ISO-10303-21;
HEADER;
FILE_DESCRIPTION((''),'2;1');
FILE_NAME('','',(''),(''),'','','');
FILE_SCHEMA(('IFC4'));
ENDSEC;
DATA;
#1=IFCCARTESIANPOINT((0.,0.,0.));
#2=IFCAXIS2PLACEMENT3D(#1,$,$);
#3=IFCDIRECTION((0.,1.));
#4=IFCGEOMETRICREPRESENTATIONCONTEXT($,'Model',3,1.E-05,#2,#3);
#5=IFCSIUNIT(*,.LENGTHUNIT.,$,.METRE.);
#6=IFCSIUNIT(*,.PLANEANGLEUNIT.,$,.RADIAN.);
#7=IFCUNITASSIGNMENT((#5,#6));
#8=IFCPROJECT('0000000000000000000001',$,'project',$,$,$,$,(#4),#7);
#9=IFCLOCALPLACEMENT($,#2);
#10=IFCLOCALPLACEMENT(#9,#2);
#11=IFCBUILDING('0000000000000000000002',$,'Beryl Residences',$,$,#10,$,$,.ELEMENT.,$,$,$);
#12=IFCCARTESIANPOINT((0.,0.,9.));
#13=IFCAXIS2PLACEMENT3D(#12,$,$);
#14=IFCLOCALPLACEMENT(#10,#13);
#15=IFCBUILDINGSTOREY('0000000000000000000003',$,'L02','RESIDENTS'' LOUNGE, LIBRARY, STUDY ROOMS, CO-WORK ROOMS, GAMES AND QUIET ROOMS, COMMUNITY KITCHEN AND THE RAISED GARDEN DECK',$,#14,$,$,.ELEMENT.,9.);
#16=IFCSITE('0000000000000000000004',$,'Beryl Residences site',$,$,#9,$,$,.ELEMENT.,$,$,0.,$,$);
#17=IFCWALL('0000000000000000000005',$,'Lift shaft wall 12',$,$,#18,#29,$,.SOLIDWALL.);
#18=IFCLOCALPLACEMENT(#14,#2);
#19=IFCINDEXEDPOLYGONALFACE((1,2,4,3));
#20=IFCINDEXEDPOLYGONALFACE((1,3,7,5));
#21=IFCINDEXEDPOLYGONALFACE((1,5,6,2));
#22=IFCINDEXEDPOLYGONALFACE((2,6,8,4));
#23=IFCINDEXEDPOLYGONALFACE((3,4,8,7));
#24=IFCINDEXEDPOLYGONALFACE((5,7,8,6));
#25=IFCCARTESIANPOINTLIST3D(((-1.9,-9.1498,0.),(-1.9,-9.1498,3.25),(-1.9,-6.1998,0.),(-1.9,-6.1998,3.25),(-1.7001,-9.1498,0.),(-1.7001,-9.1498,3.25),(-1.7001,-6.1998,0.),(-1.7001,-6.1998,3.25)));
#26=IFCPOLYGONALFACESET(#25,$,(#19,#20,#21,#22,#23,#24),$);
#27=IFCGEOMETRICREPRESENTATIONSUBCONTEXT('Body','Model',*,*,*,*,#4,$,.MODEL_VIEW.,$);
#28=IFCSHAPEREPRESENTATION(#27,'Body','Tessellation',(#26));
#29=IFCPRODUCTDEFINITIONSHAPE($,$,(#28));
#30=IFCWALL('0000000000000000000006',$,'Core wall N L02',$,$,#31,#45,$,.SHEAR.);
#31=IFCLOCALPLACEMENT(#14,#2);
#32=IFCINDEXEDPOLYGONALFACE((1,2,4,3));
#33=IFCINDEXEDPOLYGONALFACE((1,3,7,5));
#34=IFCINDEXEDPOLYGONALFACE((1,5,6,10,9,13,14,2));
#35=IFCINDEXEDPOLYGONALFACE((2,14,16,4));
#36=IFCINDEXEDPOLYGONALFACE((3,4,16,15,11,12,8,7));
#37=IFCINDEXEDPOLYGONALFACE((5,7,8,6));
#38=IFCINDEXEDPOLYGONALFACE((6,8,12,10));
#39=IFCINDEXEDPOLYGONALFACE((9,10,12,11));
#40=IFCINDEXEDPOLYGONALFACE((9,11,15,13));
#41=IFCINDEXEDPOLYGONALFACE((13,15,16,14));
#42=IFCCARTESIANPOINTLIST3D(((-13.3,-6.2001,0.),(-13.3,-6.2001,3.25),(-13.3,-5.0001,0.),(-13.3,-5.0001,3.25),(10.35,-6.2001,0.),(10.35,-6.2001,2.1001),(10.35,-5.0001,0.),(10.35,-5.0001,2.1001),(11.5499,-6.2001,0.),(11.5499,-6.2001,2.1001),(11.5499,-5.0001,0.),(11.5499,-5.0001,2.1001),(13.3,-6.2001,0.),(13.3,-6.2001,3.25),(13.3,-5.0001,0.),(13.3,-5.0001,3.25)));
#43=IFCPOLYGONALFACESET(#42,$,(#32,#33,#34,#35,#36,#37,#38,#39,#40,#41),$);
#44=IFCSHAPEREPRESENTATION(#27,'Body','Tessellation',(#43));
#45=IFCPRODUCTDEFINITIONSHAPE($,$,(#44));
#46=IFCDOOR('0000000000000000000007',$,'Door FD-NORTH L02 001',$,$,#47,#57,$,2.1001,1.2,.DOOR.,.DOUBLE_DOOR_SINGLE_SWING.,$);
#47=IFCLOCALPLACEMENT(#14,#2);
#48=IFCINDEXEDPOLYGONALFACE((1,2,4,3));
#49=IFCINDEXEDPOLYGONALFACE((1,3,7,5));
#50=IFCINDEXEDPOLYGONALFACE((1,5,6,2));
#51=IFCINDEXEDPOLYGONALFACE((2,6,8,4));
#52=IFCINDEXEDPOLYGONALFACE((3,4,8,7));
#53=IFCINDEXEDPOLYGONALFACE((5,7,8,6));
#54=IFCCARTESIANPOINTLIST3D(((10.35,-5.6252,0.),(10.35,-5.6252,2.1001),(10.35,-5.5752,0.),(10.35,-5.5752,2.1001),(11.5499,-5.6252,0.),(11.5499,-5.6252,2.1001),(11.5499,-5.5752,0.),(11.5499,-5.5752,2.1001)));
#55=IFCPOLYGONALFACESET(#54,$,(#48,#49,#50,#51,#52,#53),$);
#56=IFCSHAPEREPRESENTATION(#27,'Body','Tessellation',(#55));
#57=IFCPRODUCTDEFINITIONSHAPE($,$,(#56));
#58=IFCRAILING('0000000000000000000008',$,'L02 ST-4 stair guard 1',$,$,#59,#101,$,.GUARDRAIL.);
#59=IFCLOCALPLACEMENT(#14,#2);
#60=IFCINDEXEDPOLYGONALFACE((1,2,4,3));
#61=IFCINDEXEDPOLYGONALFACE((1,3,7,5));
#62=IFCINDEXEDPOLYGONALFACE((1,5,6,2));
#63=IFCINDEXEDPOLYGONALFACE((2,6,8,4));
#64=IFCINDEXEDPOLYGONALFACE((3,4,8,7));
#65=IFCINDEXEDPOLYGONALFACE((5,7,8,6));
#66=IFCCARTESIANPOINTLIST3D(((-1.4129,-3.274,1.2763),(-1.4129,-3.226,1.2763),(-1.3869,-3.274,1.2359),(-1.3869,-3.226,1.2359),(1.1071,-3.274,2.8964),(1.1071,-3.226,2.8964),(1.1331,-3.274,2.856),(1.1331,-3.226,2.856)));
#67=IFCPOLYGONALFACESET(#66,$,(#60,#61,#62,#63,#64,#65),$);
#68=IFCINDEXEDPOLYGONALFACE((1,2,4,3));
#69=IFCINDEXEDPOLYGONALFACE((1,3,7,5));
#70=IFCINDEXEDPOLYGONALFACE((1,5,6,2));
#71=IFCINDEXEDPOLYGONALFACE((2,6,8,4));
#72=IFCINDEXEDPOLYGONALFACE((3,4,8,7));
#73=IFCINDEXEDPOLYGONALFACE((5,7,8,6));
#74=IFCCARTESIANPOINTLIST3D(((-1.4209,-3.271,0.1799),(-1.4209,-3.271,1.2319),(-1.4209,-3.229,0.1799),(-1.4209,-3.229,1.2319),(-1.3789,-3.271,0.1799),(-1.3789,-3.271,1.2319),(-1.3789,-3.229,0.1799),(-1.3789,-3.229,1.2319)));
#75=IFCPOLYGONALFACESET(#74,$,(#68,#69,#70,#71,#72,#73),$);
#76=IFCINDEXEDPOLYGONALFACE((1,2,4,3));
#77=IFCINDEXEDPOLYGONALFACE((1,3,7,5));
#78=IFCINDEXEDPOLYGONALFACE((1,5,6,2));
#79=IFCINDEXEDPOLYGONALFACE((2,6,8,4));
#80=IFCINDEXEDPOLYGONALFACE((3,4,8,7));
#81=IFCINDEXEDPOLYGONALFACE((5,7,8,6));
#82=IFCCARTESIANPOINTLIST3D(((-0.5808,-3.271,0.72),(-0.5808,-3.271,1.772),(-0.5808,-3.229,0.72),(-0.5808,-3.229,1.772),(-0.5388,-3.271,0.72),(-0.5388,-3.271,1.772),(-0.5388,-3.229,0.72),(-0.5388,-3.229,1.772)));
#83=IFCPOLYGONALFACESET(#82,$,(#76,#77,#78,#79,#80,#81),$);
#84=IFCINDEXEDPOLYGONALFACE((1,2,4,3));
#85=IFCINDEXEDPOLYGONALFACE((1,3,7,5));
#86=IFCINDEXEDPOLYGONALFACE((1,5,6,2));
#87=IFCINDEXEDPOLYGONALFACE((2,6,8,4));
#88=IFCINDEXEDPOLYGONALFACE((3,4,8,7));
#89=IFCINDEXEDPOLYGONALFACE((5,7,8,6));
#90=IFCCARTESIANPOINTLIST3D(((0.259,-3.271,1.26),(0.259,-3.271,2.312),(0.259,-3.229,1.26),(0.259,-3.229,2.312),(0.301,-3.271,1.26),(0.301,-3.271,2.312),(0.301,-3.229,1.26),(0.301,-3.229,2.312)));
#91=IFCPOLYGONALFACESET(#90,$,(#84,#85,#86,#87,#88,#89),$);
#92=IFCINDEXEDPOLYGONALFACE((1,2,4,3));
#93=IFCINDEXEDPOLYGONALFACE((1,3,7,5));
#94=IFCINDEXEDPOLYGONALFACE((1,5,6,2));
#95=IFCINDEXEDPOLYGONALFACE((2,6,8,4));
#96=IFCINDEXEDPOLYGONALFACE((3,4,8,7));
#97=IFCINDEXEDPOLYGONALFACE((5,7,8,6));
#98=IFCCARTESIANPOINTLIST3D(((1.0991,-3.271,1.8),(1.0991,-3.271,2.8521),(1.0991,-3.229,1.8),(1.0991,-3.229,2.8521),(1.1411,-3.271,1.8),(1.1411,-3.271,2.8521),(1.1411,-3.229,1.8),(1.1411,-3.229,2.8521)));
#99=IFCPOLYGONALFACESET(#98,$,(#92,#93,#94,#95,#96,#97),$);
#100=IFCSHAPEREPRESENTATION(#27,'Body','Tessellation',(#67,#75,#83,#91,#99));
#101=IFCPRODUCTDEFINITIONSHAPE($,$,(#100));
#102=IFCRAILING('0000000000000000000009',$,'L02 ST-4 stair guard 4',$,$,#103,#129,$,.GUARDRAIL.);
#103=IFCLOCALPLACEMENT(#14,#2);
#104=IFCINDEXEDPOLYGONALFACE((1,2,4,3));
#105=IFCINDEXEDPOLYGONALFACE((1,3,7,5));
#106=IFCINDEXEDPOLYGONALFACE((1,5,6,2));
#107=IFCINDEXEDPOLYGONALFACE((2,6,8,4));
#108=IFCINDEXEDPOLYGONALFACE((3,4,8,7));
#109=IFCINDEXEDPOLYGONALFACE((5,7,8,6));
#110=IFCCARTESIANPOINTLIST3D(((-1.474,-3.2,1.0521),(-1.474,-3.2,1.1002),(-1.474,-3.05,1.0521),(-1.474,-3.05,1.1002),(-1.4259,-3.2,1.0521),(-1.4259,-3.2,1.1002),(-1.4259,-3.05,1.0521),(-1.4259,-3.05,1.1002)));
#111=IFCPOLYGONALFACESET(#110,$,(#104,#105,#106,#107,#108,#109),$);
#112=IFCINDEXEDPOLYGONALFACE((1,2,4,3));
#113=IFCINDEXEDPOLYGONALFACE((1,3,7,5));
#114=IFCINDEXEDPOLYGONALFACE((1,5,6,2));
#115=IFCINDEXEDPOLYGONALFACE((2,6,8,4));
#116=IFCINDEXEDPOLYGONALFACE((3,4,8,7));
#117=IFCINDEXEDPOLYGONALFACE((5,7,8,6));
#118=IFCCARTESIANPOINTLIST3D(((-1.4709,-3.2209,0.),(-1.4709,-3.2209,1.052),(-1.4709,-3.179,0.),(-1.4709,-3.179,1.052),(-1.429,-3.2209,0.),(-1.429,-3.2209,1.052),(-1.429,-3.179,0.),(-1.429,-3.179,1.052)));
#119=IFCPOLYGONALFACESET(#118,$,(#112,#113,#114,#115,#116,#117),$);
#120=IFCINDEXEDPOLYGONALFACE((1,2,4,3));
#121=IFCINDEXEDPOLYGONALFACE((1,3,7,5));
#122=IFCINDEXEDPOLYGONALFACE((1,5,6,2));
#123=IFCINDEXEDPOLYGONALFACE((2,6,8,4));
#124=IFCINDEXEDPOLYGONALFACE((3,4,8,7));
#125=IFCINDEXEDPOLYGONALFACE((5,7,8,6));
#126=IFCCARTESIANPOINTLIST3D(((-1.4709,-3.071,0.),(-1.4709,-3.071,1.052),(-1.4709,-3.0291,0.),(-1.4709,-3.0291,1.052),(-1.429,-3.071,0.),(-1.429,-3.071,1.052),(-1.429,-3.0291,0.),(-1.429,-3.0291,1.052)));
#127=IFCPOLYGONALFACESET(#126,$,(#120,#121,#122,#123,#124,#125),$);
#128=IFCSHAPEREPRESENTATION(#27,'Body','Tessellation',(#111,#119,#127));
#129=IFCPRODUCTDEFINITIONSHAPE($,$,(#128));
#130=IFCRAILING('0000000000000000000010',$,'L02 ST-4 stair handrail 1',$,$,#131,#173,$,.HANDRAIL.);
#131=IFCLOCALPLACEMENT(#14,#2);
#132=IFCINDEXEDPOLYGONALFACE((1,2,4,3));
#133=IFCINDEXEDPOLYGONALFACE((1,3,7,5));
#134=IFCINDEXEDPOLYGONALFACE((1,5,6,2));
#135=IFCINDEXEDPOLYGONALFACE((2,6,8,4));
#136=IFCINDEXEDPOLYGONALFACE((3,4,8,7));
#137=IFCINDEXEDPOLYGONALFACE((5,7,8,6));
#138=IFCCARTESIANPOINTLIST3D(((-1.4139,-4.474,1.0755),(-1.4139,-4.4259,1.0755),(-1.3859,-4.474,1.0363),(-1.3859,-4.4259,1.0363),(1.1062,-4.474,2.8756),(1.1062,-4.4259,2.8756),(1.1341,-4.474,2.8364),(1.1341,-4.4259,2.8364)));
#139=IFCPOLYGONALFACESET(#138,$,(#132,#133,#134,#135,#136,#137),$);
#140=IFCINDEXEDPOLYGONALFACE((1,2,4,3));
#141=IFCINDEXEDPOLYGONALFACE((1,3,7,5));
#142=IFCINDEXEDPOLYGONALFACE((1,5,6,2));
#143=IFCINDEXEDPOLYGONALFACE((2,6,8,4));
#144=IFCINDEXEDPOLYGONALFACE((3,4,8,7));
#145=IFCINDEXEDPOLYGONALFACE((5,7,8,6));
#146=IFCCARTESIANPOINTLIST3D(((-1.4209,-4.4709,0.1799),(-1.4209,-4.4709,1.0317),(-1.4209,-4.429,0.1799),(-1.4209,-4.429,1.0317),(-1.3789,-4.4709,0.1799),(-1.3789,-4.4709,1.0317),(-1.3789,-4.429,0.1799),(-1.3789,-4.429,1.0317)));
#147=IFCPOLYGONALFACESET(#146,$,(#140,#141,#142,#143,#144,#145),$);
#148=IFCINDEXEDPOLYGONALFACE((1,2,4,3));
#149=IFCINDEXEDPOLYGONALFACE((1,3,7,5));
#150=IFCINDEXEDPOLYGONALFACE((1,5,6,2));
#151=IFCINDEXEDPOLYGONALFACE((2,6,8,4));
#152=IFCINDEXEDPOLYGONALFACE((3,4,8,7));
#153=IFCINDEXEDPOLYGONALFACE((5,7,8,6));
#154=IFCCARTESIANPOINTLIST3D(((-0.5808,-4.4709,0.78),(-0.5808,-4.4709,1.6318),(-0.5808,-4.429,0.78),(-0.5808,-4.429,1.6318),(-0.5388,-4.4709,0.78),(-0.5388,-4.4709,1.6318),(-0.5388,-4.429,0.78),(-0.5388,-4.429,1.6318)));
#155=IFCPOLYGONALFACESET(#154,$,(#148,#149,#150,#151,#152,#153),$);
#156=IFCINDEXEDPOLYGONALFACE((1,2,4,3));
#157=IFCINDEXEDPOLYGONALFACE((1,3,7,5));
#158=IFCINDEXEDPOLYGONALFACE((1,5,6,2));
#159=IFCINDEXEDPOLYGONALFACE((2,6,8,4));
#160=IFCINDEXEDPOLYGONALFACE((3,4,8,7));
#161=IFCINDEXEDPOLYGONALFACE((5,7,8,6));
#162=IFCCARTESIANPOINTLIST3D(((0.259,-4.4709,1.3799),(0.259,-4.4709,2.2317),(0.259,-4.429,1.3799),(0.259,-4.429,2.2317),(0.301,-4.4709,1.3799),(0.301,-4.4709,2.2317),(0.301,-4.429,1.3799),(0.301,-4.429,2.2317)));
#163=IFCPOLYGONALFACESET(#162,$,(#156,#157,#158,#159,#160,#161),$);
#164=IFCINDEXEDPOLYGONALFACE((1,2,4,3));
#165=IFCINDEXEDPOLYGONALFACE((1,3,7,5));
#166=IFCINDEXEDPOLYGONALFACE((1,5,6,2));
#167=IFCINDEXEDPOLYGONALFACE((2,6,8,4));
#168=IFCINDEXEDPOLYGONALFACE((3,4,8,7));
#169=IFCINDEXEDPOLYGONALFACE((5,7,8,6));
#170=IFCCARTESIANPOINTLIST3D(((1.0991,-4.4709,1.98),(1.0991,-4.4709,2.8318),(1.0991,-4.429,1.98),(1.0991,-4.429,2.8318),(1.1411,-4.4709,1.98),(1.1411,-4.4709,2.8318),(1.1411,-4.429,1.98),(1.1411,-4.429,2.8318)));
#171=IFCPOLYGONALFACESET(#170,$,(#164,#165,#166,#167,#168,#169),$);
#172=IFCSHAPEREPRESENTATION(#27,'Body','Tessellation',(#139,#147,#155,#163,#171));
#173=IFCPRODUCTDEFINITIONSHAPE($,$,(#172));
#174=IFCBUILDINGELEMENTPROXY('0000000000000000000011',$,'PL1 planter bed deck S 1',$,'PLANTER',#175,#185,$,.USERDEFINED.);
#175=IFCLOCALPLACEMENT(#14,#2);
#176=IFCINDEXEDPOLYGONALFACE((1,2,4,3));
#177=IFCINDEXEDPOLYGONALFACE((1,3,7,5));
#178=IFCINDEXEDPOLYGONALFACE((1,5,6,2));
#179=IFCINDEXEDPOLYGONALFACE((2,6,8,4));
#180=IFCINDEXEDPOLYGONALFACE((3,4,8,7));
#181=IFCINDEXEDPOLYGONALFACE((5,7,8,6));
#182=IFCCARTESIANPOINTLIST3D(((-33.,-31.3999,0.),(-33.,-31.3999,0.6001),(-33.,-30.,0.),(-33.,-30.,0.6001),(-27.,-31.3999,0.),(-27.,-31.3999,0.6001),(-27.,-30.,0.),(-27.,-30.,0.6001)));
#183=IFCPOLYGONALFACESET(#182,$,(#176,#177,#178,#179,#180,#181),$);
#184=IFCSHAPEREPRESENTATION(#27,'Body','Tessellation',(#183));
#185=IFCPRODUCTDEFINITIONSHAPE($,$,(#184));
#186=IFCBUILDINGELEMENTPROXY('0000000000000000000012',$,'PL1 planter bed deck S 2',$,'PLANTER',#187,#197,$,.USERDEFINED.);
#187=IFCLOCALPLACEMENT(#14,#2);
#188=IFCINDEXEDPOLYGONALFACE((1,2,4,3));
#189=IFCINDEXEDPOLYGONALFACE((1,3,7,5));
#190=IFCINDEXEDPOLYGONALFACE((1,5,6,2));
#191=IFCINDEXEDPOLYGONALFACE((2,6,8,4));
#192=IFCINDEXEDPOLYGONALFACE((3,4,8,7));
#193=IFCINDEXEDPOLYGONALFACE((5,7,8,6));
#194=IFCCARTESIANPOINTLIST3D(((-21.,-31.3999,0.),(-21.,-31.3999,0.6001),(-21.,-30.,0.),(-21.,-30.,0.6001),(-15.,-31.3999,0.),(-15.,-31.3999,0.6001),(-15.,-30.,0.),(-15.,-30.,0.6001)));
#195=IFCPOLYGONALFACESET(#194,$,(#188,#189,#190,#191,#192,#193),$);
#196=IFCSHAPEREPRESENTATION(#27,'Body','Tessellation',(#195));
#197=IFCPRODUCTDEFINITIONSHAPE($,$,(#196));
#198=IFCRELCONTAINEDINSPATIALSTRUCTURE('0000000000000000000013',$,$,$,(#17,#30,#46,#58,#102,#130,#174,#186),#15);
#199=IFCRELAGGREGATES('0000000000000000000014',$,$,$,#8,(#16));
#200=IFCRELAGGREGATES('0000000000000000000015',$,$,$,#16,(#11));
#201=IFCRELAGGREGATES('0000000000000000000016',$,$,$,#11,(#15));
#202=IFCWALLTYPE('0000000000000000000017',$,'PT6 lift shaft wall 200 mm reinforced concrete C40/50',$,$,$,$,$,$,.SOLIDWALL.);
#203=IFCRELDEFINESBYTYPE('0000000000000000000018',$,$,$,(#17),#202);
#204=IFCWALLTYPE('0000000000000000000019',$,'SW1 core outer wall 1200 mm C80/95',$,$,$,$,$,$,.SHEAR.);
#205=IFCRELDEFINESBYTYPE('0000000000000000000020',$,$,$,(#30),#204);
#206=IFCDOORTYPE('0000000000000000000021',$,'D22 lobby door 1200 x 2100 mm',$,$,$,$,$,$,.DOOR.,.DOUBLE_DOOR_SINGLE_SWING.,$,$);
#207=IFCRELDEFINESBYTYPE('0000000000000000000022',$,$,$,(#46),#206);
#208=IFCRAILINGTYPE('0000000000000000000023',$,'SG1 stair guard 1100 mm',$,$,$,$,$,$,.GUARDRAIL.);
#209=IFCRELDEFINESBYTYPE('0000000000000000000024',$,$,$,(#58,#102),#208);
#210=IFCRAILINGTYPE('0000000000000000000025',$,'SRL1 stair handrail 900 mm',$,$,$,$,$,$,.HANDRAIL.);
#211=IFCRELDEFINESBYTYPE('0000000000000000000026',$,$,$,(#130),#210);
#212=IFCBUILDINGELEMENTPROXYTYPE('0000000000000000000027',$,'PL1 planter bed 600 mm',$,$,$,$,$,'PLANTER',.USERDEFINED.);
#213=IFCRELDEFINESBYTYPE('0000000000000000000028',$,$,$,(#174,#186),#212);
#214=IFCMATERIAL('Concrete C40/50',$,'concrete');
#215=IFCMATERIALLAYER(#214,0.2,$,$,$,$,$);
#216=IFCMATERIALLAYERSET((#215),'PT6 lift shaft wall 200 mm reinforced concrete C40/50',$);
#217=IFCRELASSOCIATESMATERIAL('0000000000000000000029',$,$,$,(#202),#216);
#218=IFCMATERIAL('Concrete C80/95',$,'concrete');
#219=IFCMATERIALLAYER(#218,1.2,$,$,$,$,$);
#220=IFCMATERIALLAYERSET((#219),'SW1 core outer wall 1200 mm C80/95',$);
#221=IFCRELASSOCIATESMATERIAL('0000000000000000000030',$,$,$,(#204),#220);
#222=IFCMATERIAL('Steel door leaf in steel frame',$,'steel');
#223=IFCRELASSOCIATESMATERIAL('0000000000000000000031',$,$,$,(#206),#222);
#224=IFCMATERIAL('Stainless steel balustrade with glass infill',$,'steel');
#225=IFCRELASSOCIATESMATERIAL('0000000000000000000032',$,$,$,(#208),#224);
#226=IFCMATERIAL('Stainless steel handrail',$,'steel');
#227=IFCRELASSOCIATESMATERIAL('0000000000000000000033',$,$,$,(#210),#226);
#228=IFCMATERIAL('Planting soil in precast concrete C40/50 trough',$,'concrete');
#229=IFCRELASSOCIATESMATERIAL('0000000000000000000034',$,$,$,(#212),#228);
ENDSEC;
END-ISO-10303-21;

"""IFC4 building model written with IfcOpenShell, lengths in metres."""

from ifc_helpers import new_model, si_unit, direction, frame, frame_2d, origin, origin_2d, place, context, subcontext, project, spatial, polyline, rectangle, outline, extrude, material, layer, layer_set, type_object, element, fill, save


model = new_model("IFC4")

# Units and contexts
model_context = context("Model", 3, precision=1e-05, world=origin(), true_north=direction((0.0, 1.0)))
body_context = subcontext(model_context, "Body", "Model", "MODEL_VIEW")
ifc_project = project(units=[si_unit("LENGTHUNIT", "METRE"), si_unit("PLANEANGLEUNIT", "RADIAN")], contexts=[model_context])

# Site, building, storey
site_placement = place(None, origin())
site = spatial("IfcSite", under=ifc_project, at=site_placement, Name="Beryl Residences site", CompositionType="ELEMENT", RefElevation=0.0)
building_placement = place(site_placement, origin())
building = spatial("IfcBuilding", under=site, at=building_placement, Name="Beryl Residences", CompositionType="ELEMENT")
storey_placement = place(building_placement, frame((0.0, 0.0, 9.0)))
storey = spatial("IfcBuildingStorey", under=building, at=storey_placement, Name="L02", Description="RESIDENTS' LOUNGE, LIBRARY, STUDY ROOMS, CO-WORK ROOMS, GAMES AND QUIET ROOMS, COMMUNITY KITCHEN AND THE RAISED GARDEN DECK", CompositionType="ELEMENT", Elevation=9.0)

# Wall
ifc_material_1 = material(Name="Concrete C40/50", Category="concrete")
ifc_layer_1 = layer(ifc_material_1, 0.2)
ifc_layer_set_1 = layer_set([ifc_layer_1], Name="PT6 lift shaft wall 200 mm reinforced concrete C40/50")
wall_type_1 = type_object("IfcWallType", Name="PT6 lift shaft wall 200 mm reinforced concrete C40/50", PredefinedType="SOLIDWALL", material=ifc_layer_set_1)
for number, where, z_axis, x_axis, name in (
    (1, (-1.8, -9.1499, 0.0), (0.0, 0.0, 1.0), (0.0, 1.0, 0.0), "Lift shaft wall 12"),
):
    element("IfcWall", number, at=place(storey_placement, frame(where, z_axis=z_axis, x_axis=x_axis)), inside=storey, type_object=wall_type_1, Name=name, PredefinedType="SOLIDWALL", context=body_context, shape_type="SweptSolid", body=[
        extrude(rectangle(XDim=2.95, YDim=0.2, at=frame_2d((1.4751, 0.0))), origin(), (0.0, 0.0, 1.0), 3.25),
    ])

# Wall, opening, door
ifc_material_2 = material(Name="Concrete C80/95", Category="concrete")
ifc_layer_2 = layer(ifc_material_2, 1.2)
ifc_layer_set_2 = layer_set([ifc_layer_2], Name="SW1 core outer wall 1200 mm C80/95")
wall_type_2 = type_object("IfcWallType", Name="SW1 core outer wall 1200 mm C80/95", PredefinedType="SHEAR", material=ifc_layer_set_2)
wall_1_placement = place(storey_placement, frame((-13.3, -5.6001, 0.0), z_axis=(0.0, 0.0, 1.0), x_axis=(1.0, 0.0, 0.0)))
wall_1 = element("IfcWall", 2, at=wall_1_placement, inside=storey, type_object=wall_type_2, Name="Core wall N L02", PredefinedType="SHEAR", context=body_context, shape_type="SweptSolid", body=[
    extrude(rectangle(XDim=26.6001, YDim=1.2, at=frame_2d((13.3, 0.0))), origin(), (0.0, 0.0, 1.0), 3.25),
])
opening_1_placement = place(wall_1_placement, frame((23.6499, 0.0, 0.0)))
opening_1 = element("IfcOpeningElement", 3, at=opening_1_placement, cuts=wall_1, PredefinedType="OPENING", context=body_context, shape_type="SweptSolid", body=[
    extrude(rectangle(XDim=1.2, YDim=2.1001, at=frame_2d((0.6001, 1.05))), frame((0.0, 0.6099, 0.0), z_axis=(0.0, -1.0, 0.0), x_axis=(1.0, 0.0, 0.0)), (0.0, 0.0, 1.0), 1.22),
])
ifc_material_3 = material(Name="Steel door leaf in steel frame", Category="steel")
door_type_1 = type_object("IfcDoorType", Name="D22 lobby door 1200 x 2100 mm", OperationType="DOUBLE_DOOR_SINGLE_SWING", PredefinedType="DOOR", material=ifc_material_3)
door_1_placement = place(opening_1_placement, origin())
door_1 = element("IfcDoor", 4, at=door_1_placement, inside=storey, type_object=door_type_1, Name="Door FD-NORTH L02 001", OperationType="DOUBLE_DOOR_SINGLE_SWING", OverallHeight=2.1001, OverallWidth=1.2, PredefinedType="DOOR", context=body_context, shape_type="SweptSolid", body=[
    extrude(rectangle(XDim=1.2, YDim=2.1001, at=frame_2d((0.6001, 1.05))), frame((0.0, 0.0249, 0.0), z_axis=(0.0, -1.0, 0.0), x_axis=(1.0, 0.0, 0.0)), (0.0, 0.0, 1.0), 0.05),
])
fill(opening_1, door_1)

# Railings
ifc_material_4 = material(Name="Stainless steel balustrade with glass infill", Category="steel")
railing_type_1 = type_object("IfcRailingType", Name="SG1 stair guard 1100 mm", PredefinedType="GUARDRAIL", material=ifc_material_4)
railing_1_placement = place(storey_placement, frame((-1.3999, -3.25, 0.1799)))
element("IfcRailing", 5, at=railing_1_placement, inside=storey, type_object=railing_type_1, Name="L02 ST-4 stair guard 1", PredefinedType="GUARDRAIL", context=body_context, shape_type="SweptSolid", body=[
    extrude(rectangle(XDim=0.0481, YDim=0.0481, at=origin_2d()), frame((0.0, 0.0, 1.0762), z_axis=(0.841163, 0.0, 0.540782), x_axis=(0.0, 1.0, 0.0)), (0.0, 0.0, 1.0), 2.9958),
    extrude(rectangle(XDim=0.042, YDim=0.042, at=origin_2d()), origin(), (0.0, 0.0, 1.0), 1.052),
    extrude(rectangle(XDim=0.042, YDim=0.042, at=origin_2d()), frame((0.8401, 0.0, 0.54)), (0.0, 0.0, 1.0), 1.052),
    extrude(rectangle(XDim=0.042, YDim=0.042, at=origin_2d()), frame((1.6799, 0.0, 1.0801)), (0.0, 0.0, 1.0), 1.052),
    extrude(rectangle(XDim=0.042, YDim=0.042, at=origin_2d()), frame((2.52, 0.0, 1.6201)), (0.0, 0.0, 1.0), 1.052),
])
railing_2_placement = place(storey_placement, frame((-1.45, -3.2, 0.0)))
element("IfcRailing", 6, at=railing_2_placement, inside=storey, type_object=railing_type_1, Name="L02 ST-4 stair guard 4", PredefinedType="GUARDRAIL", context=body_context, shape_type="SweptSolid", body=[
    extrude(rectangle(XDim=0.0481, YDim=0.0481, at=origin_2d()), frame((0.0, 0.0, 1.0762), z_axis=(0.0, 1.0, 0.0), x_axis=(-1.0, 0.0, 0.0)), (0.0, 0.0, 1.0), 0.1499),
    extrude(rectangle(XDim=0.042, YDim=0.042, at=origin_2d()), origin(), (0.0, 0.0, 1.0), 1.052),
    extrude(rectangle(XDim=0.042, YDim=0.042, at=origin_2d()), frame((0.0, 0.1499, 0.0)), (0.0, 0.0, 1.0), 1.052),
])
ifc_material_5 = material(Name="Stainless steel handrail", Category="steel")
railing_type_2 = type_object("IfcRailingType", Name="SRL1 stair handrail 900 mm", PredefinedType="HANDRAIL", material=ifc_material_5)
railing_3_placement = place(storey_placement, frame((-1.3999, -4.45, 0.1799)))
element("IfcRailing", 7, at=railing_3_placement, inside=storey, type_object=railing_type_2, Name="L02 ST-4 stair handrail 1", PredefinedType="HANDRAIL", context=body_context, shape_type="SweptSolid", body=[
    extrude(rectangle(XDim=0.0481, YDim=0.0481, at=origin_2d()), frame((0.0, 0.0, 0.876), z_axis=(0.813728, 0.0, 0.581246), x_axis=(0.0, 1.0, 0.0)), (0.0, 0.0, 1.0), 3.0969),
    extrude(rectangle(XDim=0.042, YDim=0.042, at=origin_2d()), origin(), (0.0, 0.0, 1.0), 0.8518),
    extrude(rectangle(XDim=0.042, YDim=0.042, at=origin_2d()), frame((0.8401, 0.0, 0.6001)), (0.0, 0.0, 1.0), 0.8518),
    extrude(rectangle(XDim=0.042, YDim=0.042, at=origin_2d()), frame((1.6799, 0.0, 1.2)), (0.0, 0.0, 1.0), 0.8518),
    extrude(rectangle(XDim=0.042, YDim=0.042, at=origin_2d()), frame((2.52, 0.0, 1.8)), (0.0, 0.0, 1.0), 0.8518),
])

# Building element proxies
ifc_material_6 = material(Name="Planting soil in precast concrete C40/50 trough", Category="concrete")
building_element_proxy_type = type_object("IfcBuildingElementProxyType", Name="PL1 planter bed 600 mm", ElementType="PLANTER", PredefinedType="USERDEFINED", material=ifc_material_6)
proxy_1_placement = place(storey_placement, origin())
element("IfcBuildingElementProxy", 8, at=proxy_1_placement, inside=storey, type_object=building_element_proxy_type, Name="PL1 planter bed deck S 1", ObjectType="PLANTER", PredefinedType="USERDEFINED", context=body_context, shape_type="SweptSolid", body=[
    extrude(outline(polyline([(-33.0, -31.3999), (-27.0, -31.3999), (-27.0, -30.0), (-33.0, -30.0), (-33.0, -31.3999)])), origin(), (0.0, 0.0, 1.0), 0.6001),
])
proxy_2_placement = place(storey_placement, origin())
element("IfcBuildingElementProxy", 9, at=proxy_2_placement, inside=storey, type_object=building_element_proxy_type, Name="PL1 planter bed deck S 2", ObjectType="PLANTER", PredefinedType="USERDEFINED", context=body_context, shape_type="SweptSolid", body=[
    extrude(outline(polyline([(-21.0, -31.3999), (-15.0, -31.3999), (-15.0, -30.0), (-21.0, -30.0), (-21.0, -31.3999)])), origin(), (0.0, 0.0, 1.0), 0.6001),
])

save(model, "model.ifc")
